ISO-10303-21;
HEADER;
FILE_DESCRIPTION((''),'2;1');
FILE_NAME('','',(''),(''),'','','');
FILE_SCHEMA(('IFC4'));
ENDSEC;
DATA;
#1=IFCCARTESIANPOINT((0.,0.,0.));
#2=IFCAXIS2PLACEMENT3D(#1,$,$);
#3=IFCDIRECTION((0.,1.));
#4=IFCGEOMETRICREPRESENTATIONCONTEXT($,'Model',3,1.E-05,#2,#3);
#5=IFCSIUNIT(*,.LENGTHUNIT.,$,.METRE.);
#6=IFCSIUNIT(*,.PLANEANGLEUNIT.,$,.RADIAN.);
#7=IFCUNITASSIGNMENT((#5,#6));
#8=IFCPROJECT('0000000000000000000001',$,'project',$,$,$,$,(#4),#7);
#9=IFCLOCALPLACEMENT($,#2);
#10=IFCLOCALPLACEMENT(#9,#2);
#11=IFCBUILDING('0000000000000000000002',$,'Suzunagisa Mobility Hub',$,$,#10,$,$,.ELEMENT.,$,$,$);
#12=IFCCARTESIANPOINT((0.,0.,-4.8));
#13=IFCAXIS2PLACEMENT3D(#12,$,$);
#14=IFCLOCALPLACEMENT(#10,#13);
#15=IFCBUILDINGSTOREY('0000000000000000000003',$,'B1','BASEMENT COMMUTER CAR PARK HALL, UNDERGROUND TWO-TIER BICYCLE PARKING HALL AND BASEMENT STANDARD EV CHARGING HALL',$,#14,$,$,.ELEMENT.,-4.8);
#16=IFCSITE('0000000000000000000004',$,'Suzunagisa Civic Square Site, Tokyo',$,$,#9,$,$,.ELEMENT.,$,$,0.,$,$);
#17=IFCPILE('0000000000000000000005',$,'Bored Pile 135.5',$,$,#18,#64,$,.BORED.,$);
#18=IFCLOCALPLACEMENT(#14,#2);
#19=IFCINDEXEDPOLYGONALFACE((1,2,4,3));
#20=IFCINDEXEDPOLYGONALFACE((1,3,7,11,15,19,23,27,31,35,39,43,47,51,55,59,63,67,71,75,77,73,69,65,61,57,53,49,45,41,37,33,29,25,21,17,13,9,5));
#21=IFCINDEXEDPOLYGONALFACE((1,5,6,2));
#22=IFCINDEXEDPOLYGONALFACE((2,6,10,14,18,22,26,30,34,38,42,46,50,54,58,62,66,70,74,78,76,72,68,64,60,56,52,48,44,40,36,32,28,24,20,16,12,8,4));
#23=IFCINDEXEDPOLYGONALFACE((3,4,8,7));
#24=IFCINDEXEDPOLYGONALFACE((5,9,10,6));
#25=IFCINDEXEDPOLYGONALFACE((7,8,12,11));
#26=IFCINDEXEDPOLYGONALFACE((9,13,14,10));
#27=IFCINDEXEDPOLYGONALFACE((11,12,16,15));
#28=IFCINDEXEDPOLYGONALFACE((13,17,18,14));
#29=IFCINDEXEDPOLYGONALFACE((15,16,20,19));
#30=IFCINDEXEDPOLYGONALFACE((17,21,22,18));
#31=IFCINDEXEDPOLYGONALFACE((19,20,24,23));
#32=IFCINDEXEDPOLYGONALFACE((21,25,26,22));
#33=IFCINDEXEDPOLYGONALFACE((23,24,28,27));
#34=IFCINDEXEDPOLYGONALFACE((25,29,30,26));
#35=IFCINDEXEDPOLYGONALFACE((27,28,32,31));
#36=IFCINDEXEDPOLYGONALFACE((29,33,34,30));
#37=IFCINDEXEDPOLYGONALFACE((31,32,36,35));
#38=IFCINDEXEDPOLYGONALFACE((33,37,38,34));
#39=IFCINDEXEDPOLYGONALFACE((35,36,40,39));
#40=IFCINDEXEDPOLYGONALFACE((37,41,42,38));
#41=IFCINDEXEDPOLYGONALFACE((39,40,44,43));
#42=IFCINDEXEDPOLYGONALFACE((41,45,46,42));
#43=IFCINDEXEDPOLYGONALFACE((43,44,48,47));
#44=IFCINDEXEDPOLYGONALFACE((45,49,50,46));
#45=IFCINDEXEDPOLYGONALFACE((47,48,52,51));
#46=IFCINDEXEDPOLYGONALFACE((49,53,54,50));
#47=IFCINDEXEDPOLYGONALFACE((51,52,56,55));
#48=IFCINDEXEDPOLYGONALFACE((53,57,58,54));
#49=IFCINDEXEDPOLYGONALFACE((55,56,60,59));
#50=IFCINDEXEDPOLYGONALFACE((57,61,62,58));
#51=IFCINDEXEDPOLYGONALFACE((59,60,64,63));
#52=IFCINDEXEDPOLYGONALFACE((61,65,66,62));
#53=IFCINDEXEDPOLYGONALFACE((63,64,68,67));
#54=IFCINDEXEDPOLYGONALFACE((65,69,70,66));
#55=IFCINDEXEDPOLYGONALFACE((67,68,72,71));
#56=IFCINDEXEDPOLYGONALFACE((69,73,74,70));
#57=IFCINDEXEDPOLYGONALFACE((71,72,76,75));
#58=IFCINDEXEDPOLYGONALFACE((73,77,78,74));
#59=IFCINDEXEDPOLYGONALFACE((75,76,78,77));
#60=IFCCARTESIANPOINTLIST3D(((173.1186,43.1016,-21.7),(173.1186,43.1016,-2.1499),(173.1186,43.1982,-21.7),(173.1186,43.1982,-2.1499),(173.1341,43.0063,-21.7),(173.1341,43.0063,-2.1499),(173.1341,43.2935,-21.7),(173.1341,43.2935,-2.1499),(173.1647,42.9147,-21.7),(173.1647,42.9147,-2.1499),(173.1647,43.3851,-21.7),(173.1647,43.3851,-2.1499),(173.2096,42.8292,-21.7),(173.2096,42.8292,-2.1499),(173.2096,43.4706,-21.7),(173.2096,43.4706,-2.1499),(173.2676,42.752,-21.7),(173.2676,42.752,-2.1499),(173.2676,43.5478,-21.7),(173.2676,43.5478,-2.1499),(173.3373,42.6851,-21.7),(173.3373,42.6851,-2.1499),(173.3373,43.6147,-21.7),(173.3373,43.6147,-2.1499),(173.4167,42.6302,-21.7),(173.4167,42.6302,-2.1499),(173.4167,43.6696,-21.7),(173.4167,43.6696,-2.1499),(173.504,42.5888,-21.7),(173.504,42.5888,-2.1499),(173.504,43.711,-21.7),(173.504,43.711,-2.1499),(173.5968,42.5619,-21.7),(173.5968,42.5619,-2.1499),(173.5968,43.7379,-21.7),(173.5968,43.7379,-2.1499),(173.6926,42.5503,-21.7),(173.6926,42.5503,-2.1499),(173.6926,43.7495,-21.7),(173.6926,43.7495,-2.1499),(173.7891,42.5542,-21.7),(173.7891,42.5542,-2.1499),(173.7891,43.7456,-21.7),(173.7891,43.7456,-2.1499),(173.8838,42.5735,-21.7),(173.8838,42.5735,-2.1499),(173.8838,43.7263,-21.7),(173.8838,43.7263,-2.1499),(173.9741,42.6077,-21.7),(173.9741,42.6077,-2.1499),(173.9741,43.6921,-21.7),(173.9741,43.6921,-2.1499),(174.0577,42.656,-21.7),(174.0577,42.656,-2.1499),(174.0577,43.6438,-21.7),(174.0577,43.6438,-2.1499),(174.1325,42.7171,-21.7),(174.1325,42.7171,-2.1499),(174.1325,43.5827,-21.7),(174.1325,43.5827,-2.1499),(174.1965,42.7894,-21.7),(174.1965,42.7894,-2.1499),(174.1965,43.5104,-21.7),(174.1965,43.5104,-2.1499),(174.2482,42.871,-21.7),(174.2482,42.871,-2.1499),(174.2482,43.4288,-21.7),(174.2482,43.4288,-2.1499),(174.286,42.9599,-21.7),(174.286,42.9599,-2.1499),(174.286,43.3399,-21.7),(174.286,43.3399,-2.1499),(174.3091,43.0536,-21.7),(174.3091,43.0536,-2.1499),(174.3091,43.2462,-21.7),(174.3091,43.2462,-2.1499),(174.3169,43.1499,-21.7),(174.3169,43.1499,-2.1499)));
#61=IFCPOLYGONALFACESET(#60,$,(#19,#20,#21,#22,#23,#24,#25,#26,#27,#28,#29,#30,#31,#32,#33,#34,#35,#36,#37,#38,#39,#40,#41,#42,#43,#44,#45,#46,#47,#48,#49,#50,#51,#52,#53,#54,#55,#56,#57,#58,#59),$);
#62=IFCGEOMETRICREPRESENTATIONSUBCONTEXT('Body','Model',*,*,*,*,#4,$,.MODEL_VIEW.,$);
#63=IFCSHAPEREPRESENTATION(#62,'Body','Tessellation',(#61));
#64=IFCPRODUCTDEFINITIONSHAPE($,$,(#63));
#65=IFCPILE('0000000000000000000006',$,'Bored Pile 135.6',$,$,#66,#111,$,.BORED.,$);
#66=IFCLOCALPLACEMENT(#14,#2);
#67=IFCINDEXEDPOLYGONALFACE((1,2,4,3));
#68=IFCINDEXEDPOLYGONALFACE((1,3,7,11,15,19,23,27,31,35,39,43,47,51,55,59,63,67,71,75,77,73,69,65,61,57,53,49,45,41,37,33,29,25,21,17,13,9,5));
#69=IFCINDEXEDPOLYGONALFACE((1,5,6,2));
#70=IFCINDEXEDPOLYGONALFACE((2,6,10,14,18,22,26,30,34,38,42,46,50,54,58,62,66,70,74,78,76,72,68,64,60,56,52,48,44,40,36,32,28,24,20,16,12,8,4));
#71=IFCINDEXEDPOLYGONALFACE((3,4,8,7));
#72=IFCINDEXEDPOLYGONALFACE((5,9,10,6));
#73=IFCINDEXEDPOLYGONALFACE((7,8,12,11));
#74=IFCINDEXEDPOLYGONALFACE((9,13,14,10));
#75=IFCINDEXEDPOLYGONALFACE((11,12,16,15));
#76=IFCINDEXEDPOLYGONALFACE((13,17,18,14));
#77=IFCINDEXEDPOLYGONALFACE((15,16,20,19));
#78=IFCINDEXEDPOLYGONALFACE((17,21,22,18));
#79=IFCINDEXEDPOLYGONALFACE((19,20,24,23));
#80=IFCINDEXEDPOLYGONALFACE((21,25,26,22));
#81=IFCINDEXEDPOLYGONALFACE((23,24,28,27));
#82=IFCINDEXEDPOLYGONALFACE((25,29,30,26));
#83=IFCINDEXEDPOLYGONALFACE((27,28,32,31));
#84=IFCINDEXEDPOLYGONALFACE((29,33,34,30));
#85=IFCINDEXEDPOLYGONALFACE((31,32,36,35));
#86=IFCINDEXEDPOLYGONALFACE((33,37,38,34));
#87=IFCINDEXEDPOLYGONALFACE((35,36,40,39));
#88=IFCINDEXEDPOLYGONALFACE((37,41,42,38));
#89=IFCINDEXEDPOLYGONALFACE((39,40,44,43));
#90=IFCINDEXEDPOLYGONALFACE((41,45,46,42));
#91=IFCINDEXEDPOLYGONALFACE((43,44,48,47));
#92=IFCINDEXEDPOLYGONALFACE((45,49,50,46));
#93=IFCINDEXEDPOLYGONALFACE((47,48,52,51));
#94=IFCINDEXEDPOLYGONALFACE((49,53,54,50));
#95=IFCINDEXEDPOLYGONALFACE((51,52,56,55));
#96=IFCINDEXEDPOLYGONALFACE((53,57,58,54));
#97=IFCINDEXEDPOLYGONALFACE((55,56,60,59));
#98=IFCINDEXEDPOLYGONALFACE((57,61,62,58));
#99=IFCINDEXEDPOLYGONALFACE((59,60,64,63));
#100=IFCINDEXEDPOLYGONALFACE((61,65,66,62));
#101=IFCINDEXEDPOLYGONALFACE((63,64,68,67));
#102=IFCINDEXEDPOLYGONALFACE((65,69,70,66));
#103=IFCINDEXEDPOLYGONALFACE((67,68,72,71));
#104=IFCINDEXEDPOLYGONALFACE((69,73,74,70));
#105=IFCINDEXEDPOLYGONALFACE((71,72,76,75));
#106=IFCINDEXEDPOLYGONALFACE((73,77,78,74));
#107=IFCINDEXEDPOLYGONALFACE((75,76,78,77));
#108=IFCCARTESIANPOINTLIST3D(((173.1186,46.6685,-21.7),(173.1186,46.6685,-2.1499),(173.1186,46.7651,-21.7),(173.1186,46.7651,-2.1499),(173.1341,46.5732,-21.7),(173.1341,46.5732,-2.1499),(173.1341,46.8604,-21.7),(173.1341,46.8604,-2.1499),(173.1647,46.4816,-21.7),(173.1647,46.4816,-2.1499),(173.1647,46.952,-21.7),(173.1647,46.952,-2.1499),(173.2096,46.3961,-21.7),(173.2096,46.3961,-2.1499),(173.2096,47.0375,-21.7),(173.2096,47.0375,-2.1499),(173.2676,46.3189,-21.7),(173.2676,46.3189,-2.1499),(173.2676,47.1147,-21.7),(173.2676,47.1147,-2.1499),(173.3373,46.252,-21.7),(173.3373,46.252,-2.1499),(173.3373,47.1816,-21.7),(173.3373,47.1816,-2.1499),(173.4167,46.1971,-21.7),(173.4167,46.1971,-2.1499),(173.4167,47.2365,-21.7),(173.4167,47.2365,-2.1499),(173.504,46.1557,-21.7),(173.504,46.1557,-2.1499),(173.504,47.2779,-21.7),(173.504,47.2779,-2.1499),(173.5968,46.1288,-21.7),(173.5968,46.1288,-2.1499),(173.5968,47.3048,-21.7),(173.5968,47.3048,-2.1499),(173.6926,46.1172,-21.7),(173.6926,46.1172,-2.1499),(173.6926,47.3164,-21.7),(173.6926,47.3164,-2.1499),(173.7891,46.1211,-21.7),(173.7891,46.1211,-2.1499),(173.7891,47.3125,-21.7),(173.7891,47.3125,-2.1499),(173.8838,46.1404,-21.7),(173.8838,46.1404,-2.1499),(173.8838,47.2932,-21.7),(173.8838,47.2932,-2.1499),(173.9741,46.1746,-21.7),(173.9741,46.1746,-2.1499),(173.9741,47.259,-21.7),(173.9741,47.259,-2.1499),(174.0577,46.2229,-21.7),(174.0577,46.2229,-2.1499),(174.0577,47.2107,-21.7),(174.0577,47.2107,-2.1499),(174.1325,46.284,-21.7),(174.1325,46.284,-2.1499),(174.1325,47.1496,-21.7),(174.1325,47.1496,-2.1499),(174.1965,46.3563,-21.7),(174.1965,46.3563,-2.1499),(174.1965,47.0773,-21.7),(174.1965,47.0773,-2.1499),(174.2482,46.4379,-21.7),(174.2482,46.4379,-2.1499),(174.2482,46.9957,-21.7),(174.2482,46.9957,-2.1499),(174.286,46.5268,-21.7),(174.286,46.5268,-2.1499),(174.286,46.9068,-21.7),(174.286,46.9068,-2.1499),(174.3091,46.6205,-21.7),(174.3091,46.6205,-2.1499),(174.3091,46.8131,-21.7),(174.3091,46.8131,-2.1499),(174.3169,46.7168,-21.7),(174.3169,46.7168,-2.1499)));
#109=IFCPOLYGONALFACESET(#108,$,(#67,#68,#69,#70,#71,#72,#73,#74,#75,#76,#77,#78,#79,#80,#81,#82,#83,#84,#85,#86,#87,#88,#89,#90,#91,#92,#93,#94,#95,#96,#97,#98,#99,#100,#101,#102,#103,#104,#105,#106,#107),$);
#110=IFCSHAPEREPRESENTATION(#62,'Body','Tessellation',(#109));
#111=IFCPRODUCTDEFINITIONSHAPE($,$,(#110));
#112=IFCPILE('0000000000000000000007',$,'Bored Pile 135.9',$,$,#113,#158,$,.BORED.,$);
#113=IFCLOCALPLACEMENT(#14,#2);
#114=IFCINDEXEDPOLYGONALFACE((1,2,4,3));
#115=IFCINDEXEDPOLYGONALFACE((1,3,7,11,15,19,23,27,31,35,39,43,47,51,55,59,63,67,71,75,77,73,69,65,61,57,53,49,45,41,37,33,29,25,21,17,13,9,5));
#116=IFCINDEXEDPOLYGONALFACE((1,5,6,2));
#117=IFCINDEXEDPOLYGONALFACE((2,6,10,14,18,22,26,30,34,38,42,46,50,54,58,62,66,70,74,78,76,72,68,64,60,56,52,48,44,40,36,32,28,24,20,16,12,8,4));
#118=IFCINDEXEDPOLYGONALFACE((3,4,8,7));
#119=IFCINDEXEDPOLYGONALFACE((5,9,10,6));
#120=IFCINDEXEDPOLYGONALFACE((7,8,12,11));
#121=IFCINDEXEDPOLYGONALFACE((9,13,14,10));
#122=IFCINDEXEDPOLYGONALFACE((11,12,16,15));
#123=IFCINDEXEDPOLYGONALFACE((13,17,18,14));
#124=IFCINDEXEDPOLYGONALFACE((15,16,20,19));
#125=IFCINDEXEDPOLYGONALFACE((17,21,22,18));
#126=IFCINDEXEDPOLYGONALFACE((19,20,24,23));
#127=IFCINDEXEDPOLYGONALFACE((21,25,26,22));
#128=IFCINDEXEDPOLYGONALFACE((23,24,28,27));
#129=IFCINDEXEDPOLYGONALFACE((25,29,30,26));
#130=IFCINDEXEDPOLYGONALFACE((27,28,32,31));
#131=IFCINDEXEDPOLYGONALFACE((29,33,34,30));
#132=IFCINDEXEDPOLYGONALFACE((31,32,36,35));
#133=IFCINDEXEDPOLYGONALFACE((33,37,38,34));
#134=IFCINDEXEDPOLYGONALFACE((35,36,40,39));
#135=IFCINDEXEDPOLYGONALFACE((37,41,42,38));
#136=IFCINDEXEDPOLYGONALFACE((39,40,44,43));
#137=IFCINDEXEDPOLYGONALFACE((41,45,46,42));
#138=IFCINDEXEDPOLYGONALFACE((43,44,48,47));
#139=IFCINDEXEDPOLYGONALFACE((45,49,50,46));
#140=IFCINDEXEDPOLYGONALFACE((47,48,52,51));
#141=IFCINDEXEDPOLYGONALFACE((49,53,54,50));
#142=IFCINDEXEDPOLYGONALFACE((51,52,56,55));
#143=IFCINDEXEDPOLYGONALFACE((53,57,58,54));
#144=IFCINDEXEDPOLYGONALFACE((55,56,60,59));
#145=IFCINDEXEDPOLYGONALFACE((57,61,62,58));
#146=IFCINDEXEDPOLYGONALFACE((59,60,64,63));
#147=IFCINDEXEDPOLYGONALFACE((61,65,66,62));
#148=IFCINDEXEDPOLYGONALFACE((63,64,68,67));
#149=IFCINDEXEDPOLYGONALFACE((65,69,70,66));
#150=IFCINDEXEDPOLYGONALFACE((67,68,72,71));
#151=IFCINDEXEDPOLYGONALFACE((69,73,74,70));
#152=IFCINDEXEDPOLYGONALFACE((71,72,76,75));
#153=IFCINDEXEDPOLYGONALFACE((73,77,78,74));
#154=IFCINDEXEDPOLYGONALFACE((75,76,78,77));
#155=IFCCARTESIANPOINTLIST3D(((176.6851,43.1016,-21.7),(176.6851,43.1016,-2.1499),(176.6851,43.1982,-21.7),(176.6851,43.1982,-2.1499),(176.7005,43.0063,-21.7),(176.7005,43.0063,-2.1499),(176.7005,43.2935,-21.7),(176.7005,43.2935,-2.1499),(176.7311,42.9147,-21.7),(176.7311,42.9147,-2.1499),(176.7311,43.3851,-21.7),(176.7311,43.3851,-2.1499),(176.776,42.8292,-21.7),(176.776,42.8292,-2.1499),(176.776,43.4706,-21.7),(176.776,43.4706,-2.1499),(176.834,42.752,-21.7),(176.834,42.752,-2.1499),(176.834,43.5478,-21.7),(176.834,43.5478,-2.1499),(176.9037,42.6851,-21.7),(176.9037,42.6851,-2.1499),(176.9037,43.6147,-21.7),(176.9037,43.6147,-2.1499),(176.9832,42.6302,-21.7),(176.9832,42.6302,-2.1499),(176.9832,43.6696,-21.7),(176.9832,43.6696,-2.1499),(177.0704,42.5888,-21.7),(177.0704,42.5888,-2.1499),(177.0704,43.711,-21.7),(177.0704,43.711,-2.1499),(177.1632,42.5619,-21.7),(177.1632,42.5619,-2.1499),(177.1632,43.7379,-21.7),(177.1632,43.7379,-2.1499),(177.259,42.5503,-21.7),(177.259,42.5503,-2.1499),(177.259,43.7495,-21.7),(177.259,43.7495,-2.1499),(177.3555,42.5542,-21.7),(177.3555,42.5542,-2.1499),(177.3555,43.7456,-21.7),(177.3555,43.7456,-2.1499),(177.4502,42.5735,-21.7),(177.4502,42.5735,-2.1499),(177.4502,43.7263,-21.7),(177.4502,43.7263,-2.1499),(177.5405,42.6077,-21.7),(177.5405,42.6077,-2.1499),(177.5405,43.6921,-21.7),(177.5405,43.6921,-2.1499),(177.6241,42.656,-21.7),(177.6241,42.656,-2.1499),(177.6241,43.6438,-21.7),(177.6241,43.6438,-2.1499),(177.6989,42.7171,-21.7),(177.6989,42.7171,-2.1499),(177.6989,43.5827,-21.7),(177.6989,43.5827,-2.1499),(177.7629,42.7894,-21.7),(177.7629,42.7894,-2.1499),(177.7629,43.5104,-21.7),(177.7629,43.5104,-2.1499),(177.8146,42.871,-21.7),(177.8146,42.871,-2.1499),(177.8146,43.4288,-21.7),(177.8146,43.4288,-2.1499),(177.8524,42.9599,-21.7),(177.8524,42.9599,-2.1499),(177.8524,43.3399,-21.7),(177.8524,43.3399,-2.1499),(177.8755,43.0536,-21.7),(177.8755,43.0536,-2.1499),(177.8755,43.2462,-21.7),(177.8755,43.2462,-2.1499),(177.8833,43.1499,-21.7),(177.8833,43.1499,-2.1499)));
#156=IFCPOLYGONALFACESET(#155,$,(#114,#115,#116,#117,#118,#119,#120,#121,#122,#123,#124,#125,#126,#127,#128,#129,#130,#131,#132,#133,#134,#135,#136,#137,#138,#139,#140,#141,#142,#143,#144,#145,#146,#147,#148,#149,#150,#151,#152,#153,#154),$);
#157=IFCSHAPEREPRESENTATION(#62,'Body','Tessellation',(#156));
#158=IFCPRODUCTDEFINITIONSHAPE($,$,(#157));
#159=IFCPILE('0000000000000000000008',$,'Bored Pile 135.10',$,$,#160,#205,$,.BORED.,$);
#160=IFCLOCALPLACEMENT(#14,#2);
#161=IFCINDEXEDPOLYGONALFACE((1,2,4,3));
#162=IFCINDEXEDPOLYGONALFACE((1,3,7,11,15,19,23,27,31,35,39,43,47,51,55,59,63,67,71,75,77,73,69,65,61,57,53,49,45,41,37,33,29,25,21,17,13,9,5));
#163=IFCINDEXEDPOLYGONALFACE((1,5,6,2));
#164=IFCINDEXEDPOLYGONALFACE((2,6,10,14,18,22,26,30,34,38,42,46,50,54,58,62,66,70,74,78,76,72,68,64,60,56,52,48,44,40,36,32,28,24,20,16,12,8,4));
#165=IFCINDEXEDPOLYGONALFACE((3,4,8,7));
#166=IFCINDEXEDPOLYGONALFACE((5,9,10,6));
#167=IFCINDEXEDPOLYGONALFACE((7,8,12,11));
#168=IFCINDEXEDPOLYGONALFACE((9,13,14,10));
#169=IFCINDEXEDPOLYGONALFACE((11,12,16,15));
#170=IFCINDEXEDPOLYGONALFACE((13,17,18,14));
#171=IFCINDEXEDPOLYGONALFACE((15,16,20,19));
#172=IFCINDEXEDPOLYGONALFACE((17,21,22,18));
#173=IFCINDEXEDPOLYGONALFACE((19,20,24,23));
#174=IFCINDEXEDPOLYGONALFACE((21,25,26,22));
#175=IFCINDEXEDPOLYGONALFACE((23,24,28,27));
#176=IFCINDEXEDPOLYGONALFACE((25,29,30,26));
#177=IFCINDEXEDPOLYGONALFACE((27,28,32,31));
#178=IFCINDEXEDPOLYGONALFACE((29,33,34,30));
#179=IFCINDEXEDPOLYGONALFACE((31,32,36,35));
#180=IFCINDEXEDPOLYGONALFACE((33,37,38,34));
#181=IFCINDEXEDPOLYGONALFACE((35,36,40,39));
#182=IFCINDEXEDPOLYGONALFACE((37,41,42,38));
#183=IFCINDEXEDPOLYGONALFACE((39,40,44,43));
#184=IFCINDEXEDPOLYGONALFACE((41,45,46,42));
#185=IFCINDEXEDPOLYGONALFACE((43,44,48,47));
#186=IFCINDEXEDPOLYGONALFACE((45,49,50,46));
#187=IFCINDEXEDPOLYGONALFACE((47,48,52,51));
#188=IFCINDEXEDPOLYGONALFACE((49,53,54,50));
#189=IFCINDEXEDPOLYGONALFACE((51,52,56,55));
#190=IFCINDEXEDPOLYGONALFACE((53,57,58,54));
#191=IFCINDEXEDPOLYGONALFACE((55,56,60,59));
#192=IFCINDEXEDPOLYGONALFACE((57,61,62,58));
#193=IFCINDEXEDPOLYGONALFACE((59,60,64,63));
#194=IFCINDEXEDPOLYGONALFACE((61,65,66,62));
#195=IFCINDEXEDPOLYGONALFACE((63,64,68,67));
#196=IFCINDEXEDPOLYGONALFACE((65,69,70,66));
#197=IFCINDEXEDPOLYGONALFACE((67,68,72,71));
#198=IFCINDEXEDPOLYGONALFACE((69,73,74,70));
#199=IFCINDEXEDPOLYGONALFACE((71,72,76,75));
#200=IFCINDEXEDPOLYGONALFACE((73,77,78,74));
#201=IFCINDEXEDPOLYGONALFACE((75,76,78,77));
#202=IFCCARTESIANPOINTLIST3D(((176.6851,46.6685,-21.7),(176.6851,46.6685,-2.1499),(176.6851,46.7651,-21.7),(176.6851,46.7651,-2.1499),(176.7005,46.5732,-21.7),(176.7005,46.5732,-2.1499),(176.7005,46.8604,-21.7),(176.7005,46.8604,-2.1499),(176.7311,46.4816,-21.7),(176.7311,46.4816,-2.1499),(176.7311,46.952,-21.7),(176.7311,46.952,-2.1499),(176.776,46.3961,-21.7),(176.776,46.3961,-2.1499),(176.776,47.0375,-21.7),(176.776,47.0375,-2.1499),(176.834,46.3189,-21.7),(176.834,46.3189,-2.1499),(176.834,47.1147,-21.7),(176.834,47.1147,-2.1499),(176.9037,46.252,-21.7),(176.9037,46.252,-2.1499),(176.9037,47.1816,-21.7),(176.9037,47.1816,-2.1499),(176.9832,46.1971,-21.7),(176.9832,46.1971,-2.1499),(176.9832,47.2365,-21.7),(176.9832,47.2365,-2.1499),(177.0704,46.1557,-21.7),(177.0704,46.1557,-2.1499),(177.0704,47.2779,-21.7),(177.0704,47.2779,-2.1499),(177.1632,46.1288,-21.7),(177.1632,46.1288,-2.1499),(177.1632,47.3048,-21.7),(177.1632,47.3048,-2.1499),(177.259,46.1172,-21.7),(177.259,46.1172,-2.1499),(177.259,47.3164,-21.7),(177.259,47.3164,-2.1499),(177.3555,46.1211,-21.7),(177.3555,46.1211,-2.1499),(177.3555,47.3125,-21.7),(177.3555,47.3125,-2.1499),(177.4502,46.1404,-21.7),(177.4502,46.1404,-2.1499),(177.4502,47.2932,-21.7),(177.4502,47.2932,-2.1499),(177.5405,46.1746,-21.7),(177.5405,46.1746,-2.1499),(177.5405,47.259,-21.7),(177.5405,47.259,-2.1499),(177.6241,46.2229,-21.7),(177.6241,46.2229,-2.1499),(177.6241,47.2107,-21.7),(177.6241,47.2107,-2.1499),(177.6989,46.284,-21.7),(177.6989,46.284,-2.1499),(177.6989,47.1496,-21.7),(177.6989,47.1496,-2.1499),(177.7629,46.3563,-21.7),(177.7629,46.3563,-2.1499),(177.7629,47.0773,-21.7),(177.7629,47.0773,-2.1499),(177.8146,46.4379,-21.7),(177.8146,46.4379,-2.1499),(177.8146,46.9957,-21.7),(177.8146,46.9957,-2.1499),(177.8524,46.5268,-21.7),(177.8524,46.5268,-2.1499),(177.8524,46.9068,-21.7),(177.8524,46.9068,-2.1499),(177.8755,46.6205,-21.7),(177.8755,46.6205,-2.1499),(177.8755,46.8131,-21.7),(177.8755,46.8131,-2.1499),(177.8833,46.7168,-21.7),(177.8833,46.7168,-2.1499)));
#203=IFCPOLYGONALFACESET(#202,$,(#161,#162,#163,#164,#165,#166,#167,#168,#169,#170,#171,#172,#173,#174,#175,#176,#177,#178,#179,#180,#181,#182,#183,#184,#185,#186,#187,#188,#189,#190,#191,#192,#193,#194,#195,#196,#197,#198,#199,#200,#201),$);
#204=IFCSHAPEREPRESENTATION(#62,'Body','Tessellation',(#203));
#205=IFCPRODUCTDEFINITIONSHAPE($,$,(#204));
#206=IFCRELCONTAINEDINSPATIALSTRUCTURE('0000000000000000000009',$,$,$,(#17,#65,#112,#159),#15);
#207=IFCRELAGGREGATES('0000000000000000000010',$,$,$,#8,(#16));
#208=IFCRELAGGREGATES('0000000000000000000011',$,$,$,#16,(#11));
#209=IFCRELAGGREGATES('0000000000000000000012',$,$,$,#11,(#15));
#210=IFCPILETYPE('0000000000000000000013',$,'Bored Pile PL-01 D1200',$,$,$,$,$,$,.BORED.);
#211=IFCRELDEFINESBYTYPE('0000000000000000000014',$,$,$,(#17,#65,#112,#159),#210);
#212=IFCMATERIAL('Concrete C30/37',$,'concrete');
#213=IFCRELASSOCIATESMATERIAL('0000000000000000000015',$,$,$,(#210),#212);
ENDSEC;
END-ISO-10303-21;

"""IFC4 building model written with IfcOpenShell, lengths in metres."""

from ifc_helpers import new_model, si_unit, direction, frame, origin, origin_2d, place, context, subcontext, project, spatial, circle, extrude, material, material_profile, profile_set, type_object, element, save


model = new_model("IFC4")

# Units and contexts
model_context = context("Model", 3, precision=1e-05, world=origin(), true_north=direction((0.0, 1.0)))
body_context = subcontext(model_context, "Body", "Model", "MODEL_VIEW")
ifc_project = project(units=[si_unit("LENGTHUNIT", "METRE"), si_unit("PLANEANGLEUNIT", "RADIAN")], contexts=[model_context])

# Site, building, storey
site_placement = place(None, origin())
site = spatial("IfcSite", under=ifc_project, at=site_placement, Name="Suzunagisa Civic Square Site, Tokyo", CompositionType="ELEMENT", RefElevation=0.0)
building_placement = place(site_placement, origin())
building = spatial("IfcBuilding", under=site, at=building_placement, Name="Suzunagisa Mobility Hub", CompositionType="ELEMENT")
storey_placement = place(building_placement, frame((0.0, 0.0, -4.8)))
storey = spatial("IfcBuildingStorey", under=building, at=storey_placement, Name="B1", Description="BASEMENT COMMUTER CAR PARK HALL, UNDERGROUND TWO-TIER BICYCLE PARKING HALL AND BASEMENT STANDARD EV CHARGING HALL", CompositionType="ELEMENT", Elevation=-4.8)

# Piles
ifc_material_1 = material(Name="Concrete C30/37", Category="concrete")
ifc_material_profile_1 = material_profile(ifc_material_1, circle(Radius=0.6001, at=origin_2d()), Name="BORED PILE D1200")
ifc_profile_set_1 = profile_set([ifc_material_profile_1], Name="Concrete C30/37")
pile_type_1 = type_object("IfcPileType", Name="Bored Pile PL-01 D1200", PredefinedType="BORED", material=ifc_profile_set_1)
for number, where, z_axis, x_axis, name in (
    (1, (173.7168, 43.1499, -2.1499), (0.0, 0.0, -1.0), (1.0, 0.0, 0.0), "Bored Pile 135.5"),
    (2, (173.7168, 46.7168, -2.1499), (0.0, 0.0, -1.0), (1.0, 0.0, 0.0), "Bored Pile 135.6"),
    (3, (177.2832, 43.1499, -2.1499), (0.0, 0.0, -1.0), (1.0, 0.0, 0.0), "Bored Pile 135.9"),
    (4, (177.2832, 46.7168, -2.1499), (0.0, 0.0, -1.0), (1.0, 0.0, 0.0), "Bored Pile 135.10"),
):
    element("IfcPile", number, at=place(storey_placement, frame(where, z_axis=z_axis, x_axis=x_axis)), inside=storey, type_object=pile_type_1, Name=name, PredefinedType="BORED", context=body_context, shape_type="SweptSolid", body=[
        extrude(circle(Radius=0.6001, at=origin_2d()), origin(), (0.0, 0.0, 1.0), 19.55),
    ])

save(model, "model.ifc")
